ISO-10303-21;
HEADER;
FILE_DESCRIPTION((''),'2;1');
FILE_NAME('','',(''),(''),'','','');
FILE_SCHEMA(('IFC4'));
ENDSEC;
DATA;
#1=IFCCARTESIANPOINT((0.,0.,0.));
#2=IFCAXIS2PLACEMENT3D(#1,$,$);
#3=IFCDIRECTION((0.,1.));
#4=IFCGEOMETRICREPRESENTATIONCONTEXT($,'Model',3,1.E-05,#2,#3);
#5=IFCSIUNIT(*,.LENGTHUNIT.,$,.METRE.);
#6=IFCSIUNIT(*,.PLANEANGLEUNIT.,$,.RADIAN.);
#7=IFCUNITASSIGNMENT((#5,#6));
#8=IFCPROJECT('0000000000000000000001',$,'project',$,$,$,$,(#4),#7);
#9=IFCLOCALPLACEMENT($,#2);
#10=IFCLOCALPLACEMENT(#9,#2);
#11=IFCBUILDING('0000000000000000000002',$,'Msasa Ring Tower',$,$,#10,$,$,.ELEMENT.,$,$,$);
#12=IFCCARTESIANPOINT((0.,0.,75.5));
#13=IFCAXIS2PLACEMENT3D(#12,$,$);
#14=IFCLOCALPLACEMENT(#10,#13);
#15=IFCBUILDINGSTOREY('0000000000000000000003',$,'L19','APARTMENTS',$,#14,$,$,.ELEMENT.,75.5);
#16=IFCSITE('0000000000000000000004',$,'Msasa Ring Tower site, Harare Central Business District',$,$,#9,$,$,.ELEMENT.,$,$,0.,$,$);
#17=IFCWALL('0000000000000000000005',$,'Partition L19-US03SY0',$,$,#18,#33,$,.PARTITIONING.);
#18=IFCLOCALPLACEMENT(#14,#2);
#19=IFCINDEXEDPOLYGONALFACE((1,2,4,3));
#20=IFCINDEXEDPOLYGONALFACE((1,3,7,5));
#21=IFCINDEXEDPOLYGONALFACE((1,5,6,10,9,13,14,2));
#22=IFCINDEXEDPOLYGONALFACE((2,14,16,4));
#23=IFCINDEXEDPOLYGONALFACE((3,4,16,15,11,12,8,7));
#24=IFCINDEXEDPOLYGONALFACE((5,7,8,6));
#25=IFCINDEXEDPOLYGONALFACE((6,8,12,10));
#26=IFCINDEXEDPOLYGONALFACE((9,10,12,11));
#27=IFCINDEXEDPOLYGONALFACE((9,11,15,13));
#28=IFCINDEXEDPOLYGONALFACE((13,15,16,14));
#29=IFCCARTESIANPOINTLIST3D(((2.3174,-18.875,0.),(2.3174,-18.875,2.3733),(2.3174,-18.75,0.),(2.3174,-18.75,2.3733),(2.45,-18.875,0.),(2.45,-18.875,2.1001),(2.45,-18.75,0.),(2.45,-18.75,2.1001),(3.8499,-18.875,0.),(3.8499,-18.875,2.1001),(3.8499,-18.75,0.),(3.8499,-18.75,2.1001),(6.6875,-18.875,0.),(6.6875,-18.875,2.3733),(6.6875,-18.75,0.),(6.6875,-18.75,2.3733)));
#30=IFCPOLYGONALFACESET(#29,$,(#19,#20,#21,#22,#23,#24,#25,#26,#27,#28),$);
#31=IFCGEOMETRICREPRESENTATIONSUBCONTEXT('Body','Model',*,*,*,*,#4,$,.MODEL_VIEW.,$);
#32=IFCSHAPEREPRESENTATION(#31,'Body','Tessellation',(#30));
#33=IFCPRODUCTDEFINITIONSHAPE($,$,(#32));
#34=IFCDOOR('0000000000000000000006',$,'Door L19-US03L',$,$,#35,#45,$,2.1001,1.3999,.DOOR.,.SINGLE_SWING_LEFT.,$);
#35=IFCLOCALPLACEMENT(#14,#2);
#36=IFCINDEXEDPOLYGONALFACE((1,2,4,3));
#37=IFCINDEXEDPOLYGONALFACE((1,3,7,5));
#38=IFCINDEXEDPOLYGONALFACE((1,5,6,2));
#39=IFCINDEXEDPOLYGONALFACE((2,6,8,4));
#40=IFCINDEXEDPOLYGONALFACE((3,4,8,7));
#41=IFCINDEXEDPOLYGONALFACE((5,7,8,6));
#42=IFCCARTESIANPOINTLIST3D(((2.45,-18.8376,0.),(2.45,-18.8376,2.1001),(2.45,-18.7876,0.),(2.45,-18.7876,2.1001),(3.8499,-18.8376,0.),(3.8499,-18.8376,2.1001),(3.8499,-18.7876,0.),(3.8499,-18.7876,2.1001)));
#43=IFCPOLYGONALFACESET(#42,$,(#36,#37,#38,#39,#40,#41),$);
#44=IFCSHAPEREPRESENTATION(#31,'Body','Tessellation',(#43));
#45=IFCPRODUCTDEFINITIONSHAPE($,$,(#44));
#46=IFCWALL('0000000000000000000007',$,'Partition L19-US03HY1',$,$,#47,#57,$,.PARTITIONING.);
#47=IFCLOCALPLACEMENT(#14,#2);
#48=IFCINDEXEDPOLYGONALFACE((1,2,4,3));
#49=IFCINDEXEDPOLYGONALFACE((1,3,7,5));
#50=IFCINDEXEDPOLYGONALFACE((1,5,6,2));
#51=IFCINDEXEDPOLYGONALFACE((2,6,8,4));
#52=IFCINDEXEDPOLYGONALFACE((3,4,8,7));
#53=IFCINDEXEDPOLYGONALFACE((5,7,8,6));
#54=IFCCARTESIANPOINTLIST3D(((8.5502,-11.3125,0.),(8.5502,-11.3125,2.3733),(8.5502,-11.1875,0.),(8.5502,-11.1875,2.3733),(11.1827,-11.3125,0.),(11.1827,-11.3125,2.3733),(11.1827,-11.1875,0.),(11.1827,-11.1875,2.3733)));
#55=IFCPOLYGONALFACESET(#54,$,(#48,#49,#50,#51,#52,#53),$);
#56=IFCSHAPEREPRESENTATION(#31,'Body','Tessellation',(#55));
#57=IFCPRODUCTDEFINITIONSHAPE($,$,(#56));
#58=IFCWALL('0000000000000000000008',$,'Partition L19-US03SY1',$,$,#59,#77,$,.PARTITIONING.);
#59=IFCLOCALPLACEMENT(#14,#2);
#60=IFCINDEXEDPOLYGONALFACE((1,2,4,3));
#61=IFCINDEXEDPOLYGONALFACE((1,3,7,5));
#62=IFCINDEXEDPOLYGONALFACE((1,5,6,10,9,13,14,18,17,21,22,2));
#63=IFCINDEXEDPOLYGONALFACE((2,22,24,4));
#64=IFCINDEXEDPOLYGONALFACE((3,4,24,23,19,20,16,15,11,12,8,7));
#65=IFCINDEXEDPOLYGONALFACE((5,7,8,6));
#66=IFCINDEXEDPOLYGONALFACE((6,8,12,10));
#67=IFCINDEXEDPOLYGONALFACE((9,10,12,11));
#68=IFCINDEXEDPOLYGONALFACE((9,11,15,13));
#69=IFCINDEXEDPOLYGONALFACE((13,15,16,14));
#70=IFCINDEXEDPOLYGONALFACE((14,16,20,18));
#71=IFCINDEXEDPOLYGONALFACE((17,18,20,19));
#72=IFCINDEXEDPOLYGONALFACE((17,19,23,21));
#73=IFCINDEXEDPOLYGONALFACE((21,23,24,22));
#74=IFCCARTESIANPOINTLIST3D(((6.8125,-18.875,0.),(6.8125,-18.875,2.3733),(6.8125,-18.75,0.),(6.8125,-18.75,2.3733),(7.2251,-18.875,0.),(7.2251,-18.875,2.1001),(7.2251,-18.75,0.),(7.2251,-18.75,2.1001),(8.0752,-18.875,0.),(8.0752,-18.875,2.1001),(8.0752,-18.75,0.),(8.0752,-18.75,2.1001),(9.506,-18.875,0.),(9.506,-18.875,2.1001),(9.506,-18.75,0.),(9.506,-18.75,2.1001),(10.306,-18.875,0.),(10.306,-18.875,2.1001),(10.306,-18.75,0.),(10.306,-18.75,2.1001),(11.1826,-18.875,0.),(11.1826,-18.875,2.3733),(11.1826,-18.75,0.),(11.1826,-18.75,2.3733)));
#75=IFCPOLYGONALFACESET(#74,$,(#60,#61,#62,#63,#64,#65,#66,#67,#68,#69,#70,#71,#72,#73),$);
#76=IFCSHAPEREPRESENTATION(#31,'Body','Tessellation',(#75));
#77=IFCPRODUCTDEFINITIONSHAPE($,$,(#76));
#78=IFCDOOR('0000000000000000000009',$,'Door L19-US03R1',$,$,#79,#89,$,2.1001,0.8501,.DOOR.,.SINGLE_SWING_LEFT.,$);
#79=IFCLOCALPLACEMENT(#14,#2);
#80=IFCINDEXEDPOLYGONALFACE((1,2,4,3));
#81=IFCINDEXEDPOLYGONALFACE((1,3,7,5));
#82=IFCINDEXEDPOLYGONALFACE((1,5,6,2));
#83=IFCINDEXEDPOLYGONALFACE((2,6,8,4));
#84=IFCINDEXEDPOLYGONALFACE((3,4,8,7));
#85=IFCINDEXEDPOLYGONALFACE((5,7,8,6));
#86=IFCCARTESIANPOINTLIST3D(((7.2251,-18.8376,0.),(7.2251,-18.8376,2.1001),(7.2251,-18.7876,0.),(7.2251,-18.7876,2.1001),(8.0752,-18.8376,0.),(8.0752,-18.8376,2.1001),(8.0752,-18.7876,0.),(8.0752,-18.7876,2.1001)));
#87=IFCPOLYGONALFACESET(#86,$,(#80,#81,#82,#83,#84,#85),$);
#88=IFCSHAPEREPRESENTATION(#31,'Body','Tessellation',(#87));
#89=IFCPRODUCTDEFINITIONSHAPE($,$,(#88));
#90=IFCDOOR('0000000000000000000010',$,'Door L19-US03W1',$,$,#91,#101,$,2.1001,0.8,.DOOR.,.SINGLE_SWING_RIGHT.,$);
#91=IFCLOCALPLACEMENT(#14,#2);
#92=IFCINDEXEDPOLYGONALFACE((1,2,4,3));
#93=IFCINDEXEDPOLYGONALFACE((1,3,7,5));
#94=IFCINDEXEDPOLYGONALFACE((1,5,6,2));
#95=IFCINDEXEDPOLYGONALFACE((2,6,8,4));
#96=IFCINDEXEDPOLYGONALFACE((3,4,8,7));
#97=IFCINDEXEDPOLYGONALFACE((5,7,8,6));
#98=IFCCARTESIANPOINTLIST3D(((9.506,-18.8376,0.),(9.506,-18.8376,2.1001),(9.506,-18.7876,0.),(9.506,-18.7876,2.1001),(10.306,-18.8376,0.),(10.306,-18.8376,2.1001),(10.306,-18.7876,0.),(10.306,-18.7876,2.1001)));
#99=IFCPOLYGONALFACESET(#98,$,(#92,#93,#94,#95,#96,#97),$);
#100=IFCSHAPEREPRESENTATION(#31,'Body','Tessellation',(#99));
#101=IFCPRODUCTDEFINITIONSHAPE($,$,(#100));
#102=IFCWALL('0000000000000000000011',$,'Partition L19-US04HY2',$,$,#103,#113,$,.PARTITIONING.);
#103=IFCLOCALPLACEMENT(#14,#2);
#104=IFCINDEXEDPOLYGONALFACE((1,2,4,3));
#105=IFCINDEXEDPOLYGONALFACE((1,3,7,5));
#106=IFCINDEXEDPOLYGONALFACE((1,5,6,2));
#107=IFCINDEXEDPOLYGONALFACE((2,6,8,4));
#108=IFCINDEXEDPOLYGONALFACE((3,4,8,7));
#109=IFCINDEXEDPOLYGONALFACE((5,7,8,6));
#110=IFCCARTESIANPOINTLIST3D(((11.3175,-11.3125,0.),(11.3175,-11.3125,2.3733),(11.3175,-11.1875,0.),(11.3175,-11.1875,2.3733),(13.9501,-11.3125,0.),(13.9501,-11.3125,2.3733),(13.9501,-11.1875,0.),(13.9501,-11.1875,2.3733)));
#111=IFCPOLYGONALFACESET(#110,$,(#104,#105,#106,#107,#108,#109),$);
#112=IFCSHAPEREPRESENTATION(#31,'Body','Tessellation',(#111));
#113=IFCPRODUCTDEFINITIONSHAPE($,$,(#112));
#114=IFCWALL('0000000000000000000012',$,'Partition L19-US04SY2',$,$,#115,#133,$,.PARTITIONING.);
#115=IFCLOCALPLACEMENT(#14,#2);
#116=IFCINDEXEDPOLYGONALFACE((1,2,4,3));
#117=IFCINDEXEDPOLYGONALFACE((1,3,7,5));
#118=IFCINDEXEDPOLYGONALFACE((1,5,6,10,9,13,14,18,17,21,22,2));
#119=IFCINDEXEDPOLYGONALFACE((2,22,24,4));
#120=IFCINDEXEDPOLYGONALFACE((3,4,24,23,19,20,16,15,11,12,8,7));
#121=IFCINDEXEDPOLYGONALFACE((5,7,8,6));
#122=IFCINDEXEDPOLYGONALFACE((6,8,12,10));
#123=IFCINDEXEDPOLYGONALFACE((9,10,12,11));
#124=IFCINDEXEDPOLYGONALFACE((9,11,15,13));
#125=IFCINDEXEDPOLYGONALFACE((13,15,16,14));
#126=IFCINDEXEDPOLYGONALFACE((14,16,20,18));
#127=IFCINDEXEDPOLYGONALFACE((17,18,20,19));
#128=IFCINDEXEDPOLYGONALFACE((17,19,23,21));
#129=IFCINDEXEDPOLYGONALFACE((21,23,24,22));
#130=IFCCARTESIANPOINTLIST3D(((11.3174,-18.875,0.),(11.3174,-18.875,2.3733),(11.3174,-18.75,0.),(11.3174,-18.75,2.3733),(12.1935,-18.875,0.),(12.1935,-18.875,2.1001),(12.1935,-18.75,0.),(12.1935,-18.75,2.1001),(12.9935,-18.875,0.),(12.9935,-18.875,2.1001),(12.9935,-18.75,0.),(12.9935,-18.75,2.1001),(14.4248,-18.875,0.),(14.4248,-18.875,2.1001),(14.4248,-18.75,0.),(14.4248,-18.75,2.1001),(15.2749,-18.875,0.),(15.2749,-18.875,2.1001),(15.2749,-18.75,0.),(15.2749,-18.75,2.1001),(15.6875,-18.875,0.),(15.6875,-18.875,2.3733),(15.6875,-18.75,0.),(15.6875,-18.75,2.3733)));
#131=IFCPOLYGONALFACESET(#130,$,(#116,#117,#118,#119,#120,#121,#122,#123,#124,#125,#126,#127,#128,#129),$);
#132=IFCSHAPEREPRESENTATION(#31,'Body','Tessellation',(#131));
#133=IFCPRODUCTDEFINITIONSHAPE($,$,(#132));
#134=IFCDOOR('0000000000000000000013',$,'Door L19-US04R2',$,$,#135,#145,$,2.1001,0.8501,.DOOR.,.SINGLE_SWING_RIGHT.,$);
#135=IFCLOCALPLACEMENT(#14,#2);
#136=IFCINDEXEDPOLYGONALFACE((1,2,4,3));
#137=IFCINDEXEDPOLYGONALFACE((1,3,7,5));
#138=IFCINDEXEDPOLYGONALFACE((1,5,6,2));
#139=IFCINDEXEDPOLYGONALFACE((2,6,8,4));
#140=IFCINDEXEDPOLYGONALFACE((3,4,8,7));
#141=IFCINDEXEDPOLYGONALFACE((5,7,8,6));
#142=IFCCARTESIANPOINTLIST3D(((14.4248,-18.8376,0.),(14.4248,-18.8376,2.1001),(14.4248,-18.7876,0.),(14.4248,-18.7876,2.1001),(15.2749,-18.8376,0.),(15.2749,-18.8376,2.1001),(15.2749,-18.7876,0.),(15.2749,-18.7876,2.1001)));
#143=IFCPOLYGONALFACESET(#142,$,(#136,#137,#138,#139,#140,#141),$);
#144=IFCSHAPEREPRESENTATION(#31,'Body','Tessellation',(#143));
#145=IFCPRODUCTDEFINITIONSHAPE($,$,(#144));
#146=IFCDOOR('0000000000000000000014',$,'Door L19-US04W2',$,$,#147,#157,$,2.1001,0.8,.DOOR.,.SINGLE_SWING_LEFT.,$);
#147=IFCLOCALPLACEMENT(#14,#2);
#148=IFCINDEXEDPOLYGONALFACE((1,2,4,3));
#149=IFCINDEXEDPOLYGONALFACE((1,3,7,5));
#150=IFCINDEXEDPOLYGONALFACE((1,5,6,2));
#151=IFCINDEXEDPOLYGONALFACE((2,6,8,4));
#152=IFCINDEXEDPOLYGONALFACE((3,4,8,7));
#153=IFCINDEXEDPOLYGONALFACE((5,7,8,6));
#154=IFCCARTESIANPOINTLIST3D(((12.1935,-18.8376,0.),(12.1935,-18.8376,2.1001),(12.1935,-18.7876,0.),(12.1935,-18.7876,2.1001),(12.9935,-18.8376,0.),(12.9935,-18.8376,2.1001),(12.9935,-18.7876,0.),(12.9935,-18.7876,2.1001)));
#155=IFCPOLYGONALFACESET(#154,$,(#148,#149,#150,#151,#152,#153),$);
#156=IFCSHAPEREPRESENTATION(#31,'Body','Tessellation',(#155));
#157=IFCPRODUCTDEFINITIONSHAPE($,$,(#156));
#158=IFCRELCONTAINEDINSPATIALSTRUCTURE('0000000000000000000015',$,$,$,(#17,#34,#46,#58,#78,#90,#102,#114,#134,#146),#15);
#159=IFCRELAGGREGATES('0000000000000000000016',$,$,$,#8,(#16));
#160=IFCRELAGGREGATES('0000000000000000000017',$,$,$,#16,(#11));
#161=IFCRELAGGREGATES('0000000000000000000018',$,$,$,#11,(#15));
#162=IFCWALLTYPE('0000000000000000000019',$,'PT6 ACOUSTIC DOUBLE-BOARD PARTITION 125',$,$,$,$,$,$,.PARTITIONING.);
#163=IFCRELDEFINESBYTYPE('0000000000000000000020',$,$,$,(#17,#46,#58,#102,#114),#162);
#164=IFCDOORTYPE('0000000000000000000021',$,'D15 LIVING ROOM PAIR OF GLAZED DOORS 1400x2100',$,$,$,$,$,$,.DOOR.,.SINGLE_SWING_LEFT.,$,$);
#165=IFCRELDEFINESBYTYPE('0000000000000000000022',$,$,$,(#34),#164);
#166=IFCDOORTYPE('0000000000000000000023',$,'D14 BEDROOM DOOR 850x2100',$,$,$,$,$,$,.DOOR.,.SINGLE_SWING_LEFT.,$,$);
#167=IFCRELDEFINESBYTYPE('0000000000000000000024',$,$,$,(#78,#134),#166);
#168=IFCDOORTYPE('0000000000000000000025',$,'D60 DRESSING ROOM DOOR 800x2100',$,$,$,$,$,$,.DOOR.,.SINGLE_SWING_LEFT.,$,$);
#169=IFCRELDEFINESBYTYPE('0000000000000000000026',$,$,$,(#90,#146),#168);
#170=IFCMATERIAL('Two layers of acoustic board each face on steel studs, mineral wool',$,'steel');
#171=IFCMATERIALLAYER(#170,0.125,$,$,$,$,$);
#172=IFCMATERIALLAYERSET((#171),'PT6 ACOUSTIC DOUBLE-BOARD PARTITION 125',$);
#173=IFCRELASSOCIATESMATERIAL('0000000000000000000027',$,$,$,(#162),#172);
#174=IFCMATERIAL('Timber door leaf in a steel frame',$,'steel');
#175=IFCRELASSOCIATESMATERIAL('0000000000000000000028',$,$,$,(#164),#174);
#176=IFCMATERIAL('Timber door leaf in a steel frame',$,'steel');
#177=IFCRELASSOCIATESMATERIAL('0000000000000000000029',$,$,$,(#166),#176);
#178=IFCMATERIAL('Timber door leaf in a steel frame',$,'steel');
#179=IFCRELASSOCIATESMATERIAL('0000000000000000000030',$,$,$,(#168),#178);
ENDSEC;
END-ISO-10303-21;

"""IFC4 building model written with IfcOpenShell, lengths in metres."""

from ifc_helpers import new_model, si_unit, direction, frame, frame_2d, origin, place, context, subcontext, project, spatial, rectangle, extrude, material, layer, layer_set, type_object, element, fill, save


model = new_model("IFC4")

# Units and contexts
model_context = context("Model", 3, precision=1e-05, world=origin(), true_north=direction((0.0, 1.0)))
body_context = subcontext(model_context, "Body", "Model", "MODEL_VIEW")
ifc_project = project(units=[si_unit("LENGTHUNIT", "METRE"), si_unit("PLANEANGLEUNIT", "RADIAN")], contexts=[model_context])

# Site, building, storey
site_placement = place(None, origin())
site = spatial("IfcSite", under=ifc_project, at=site_placement, Name="Msasa Ring Tower site, Harare Central Business District", CompositionType="ELEMENT", RefElevation=0.0)
building_placement = place(site_placement, origin())
building = spatial("IfcBuilding", under=site, at=building_placement, Name="Msasa Ring Tower", CompositionType="ELEMENT")
storey_placement = place(building_placement, frame((0.0, 0.0, 75.5)))
storey = spatial("IfcBuildingStorey", under=building, at=storey_placement, Name="L19", Description="APARTMENTS", CompositionType="ELEMENT", Elevation=75.5)

# Shared definitions
ifc_material_1 = material(Name="Two layers of acoustic board each face on steel studs, mineral wool", Category="steel")
ifc_layer_1 = layer(ifc_material_1, 0.125)
ifc_layer_set_1 = layer_set([ifc_layer_1], Name="PT6 ACOUSTIC DOUBLE-BOARD PARTITION 125")
wall_type_1 = type_object("IfcWallType", Name="PT6 ACOUSTIC DOUBLE-BOARD PARTITION 125", PredefinedType="PARTITIONING", material=ifc_layer_set_1)

# Wall, opening, door
wall_1_placement = place(storey_placement, frame((2.3174, -18.8125, 0.0), z_axis=(0.0, 0.0, 1.0), x_axis=(1.0, 0.0, 0.0)))
wall_1 = element("IfcWall", 1, at=wall_1_placement, inside=storey, type_object=wall_type_1, Name="Partition L19-US03SY0", PredefinedType="PARTITIONING", context=body_context, shape_type="SweptSolid", body=[
    extrude(rectangle(XDim=4.3701, YDim=0.125, at=frame_2d((2.1851, 0.0))), origin(), (0.0, 0.0, 1.0), 2.3733),
])
opening_1_placement = place(wall_1_placement, frame((0.1326, 0.0, 0.0)))
opening_1 = element("IfcOpeningElement", 2, at=opening_1_placement, cuts=wall_1, PredefinedType="OPENING", context=body_context, shape_type="SweptSolid", body=[
    extrude(rectangle(XDim=1.3999, YDim=2.1001, at=frame_2d((0.7, 1.05))), frame((0.0, 0.0725, 0.0), z_axis=(0.0, -1.0, 0.0), x_axis=(1.0, 0.0, 0.0)), (0.0, 0.0, 1.0), 0.145),
])
ifc_material_2 = material(Name="Timber door leaf in a steel frame", Category="steel")
door_type_1 = type_object("IfcDoorType", Name="D15 LIVING ROOM PAIR OF GLAZED DOORS 1400x2100", OperationType="SINGLE_SWING_LEFT", PredefinedType="DOOR", material=ifc_material_2)
door_1_placement = place(opening_1_placement, origin())
door_1 = element("IfcDoor", 3, at=door_1_placement, inside=storey, type_object=door_type_1, Name="Door L19-US03L", OperationType="SINGLE_SWING_LEFT", OverallHeight=2.1001, OverallWidth=1.3999, PredefinedType="DOOR", context=body_context, shape_type="SweptSolid", body=[
    extrude(rectangle(XDim=1.3999, YDim=2.1001, at=frame_2d((0.7, 1.05))), frame((0.0, 0.0249, 0.0), z_axis=(0.0, -1.0, 0.0), x_axis=(1.0, 0.0, 0.0)), (0.0, 0.0, 1.0), 0.05),
])
fill(opening_1, door_1)

# Wall
wall_2_placement = place(storey_placement, frame((8.55, -11.25, 0.0), z_axis=(0.0, 0.0, 1.0), x_axis=(1.0, 0.0, 0.0)))
element("IfcWall", 4, at=wall_2_placement, inside=storey, type_object=wall_type_1, Name="Partition L19-US03HY1", PredefinedType="PARTITIONING", context=body_context, shape_type="SweptSolid", body=[
    extrude(rectangle(XDim=2.6326, YDim=0.125, at=frame_2d((1.3164, 0.0))), origin(), (0.0, 0.0, 1.0), 2.3733),
])

# Wall, openings, doors
wall_3_placement = place(storey_placement, frame((6.8125, -18.8125, 0.0), z_axis=(0.0, 0.0, 1.0), x_axis=(1.0, 0.0, 0.0)))
wall_3 = element("IfcWall", 5, at=wall_3_placement, inside=storey, type_object=wall_type_1, Name="Partition L19-US03SY1", PredefinedType="PARTITIONING", context=body_context, shape_type="SweptSolid", body=[
    extrude(rectangle(XDim=4.3701, YDim=0.125, at=frame_2d((2.1851, 0.0))), origin(), (0.0, 0.0, 1.0), 2.3733),
])
opening_2_placement = place(wall_3_placement, frame((0.4126, 0.0, 0.0)))
opening_2 = element("IfcOpeningElement", 6, at=opening_2_placement, cuts=wall_3, PredefinedType="OPENING", context=body_context, shape_type="SweptSolid", body=[
    extrude(rectangle(XDim=0.8501, YDim=2.1001, at=frame_2d((0.425, 1.05))), frame((0.0, 0.0725, 0.0), z_axis=(0.0, -1.0, 0.0), x_axis=(1.0, 0.0, 0.0)), (0.0, 0.0, 1.0), 0.145),
])
opening_3_placement = place(wall_3_placement, frame((2.6936, 0.0, 0.0)))
opening_3 = element("IfcOpeningElement", 7, at=opening_3_placement, cuts=wall_3, PredefinedType="OPENING", context=body_context, shape_type="SweptSolid", body=[
    extrude(rectangle(XDim=0.8, YDim=2.1001, at=frame_2d((0.3999, 1.05))), frame((0.0, 0.0725, 0.0), z_axis=(0.0, -1.0, 0.0), x_axis=(1.0, 0.0, 0.0)), (0.0, 0.0, 1.0), 0.145),
])
ifc_material_3 = material(Name="Timber door leaf in a steel frame", Category="steel")
door_type_2 = type_object("IfcDoorType", Name="D14 BEDROOM DOOR 850x2100", OperationType="SINGLE_SWING_LEFT", PredefinedType="DOOR", material=ifc_material_3)
door_2_placement = place(opening_2_placement, origin())
door_2 = element("IfcDoor", 8, at=door_2_placement, inside=storey, type_object=door_type_2, Name="Door L19-US03R1", OperationType="SINGLE_SWING_LEFT", OverallHeight=2.1001, OverallWidth=0.8501, PredefinedType="DOOR", context=body_context, shape_type="SweptSolid", body=[
    extrude(rectangle(XDim=0.8501, YDim=2.1001, at=frame_2d((0.425, 1.05))), frame((0.0, 0.0249, 0.0), z_axis=(0.0, -1.0, 0.0), x_axis=(1.0, 0.0, 0.0)), (0.0, 0.0, 1.0), 0.05),
])
fill(opening_2, door_2)
ifc_material_4 = material(Name="Timber door leaf in a steel frame", Category="steel")
door_type_3 = type_object("IfcDoorType", Name="D60 DRESSING ROOM DOOR 800x2100", OperationType="SINGLE_SWING_LEFT", PredefinedType="DOOR", material=ifc_material_4)
door_3_placement = place(opening_3_placement, origin())
door_3 = element("IfcDoor", 9, at=door_3_placement, inside=storey, type_object=door_type_3, Name="Door L19-US03W1", OperationType="SINGLE_SWING_RIGHT", OverallHeight=2.1001, OverallWidth=0.8, PredefinedType="DOOR", context=body_context, shape_type="SweptSolid", body=[
    extrude(rectangle(XDim=0.8, YDim=2.1001, at=frame_2d((0.3999, 1.05))), frame((0.0, 0.0249, 0.0), z_axis=(0.0, -1.0, 0.0), x_axis=(1.0, 0.0, 0.0)), (0.0, 0.0, 1.0), 0.05),
])
fill(opening_3, door_3)

# Wall
wall_4_placement = place(storey_placement, frame((11.3174, -11.25, 0.0), z_axis=(0.0, 0.0, 1.0), x_axis=(1.0, 0.0, 0.0)))
element("IfcWall", 10, at=wall_4_placement, inside=storey, type_object=wall_type_1, Name="Partition L19-US04HY2", PredefinedType="PARTITIONING", context=body_context, shape_type="SweptSolid", body=[
    extrude(rectangle(XDim=2.6326, YDim=0.125, at=frame_2d((1.3164, 0.0))), origin(), (0.0, 0.0, 1.0), 2.3733),
])

# Wall, openings, doors
wall_5_placement = place(storey_placement, frame((11.3174, -18.8125, 0.0), z_axis=(0.0, 0.0, 1.0), x_axis=(1.0, 0.0, 0.0)))
wall_5 = element("IfcWall", 11, at=wall_5_placement, inside=storey, type_object=wall_type_1, Name="Partition L19-US04SY2", PredefinedType="PARTITIONING", context=body_context, shape_type="SweptSolid", body=[
    extrude(rectangle(XDim=4.3701, YDim=0.125, at=frame_2d((2.1851, 0.0))), origin(), (0.0, 0.0, 1.0), 2.3733),
])
opening_4_placement = place(wall_5_placement, frame((3.1074, 0.0, 0.0)))
opening_4 = element("IfcOpeningElement", 12, at=opening_4_placement, cuts=wall_5, PredefinedType="OPENING", context=body_context, shape_type="SweptSolid", body=[
    extrude(rectangle(XDim=0.8501, YDim=2.1001, at=frame_2d((0.425, 1.05))), frame((0.0, 0.0725, 0.0), z_axis=(0.0, -1.0, 0.0), x_axis=(1.0, 0.0, 0.0)), (0.0, 0.0, 1.0), 0.145),
])
opening_5_placement = place(wall_5_placement, frame((0.8762, 0.0, 0.0)))
opening_5 = element("IfcOpeningElement", 13, at=opening_5_placement, cuts=wall_5, PredefinedType="OPENING", context=body_context, shape_type="SweptSolid", body=[
    extrude(rectangle(XDim=0.8, YDim=2.1001, at=frame_2d((0.3999, 1.05))), frame((0.0, 0.0725, 0.0), z_axis=(0.0, -1.0, 0.0), x_axis=(1.0, 0.0, 0.0)), (0.0, 0.0, 1.0), 0.145),
])
door_4_placement = place(opening_4_placement, origin())
door_4 = element("IfcDoor", 14, at=door_4_placement, inside=storey, type_object=door_type_2, Name="Door L19-US04R2", OperationType="SINGLE_SWING_RIGHT", OverallHeight=2.1001, OverallWidth=0.8501, PredefinedType="DOOR", context=body_context, shape_type="SweptSolid", body=[
    extrude(rectangle(XDim=0.8501, YDim=2.1001, at=frame_2d((0.425, 1.05))), frame((0.0, 0.0249, 0.0), z_axis=(0.0, -1.0, 0.0), x_axis=(1.0, 0.0, 0.0)), (0.0, 0.0, 1.0), 0.05),
])
fill(opening_4, door_4)
door_5_placement = place(opening_5_placement, origin())
door_5 = element("IfcDoor", 15, at=door_5_placement, inside=storey, type_object=door_type_3, Name="Door L19-US04W2", OperationType="SINGLE_SWING_LEFT", OverallHeight=2.1001, OverallWidth=0.8, PredefinedType="DOOR", context=body_context, shape_type="SweptSolid", body=[
    extrude(rectangle(XDim=0.8, YDim=2.1001, at=frame_2d((0.3999, 1.05))), frame((0.0, 0.0249, 0.0), z_axis=(0.0, -1.0, 0.0), x_axis=(1.0, 0.0, 0.0)), (0.0, 0.0, 1.0), 0.05),
])
fill(opening_5, door_5)

save(model, "model.ifc")
